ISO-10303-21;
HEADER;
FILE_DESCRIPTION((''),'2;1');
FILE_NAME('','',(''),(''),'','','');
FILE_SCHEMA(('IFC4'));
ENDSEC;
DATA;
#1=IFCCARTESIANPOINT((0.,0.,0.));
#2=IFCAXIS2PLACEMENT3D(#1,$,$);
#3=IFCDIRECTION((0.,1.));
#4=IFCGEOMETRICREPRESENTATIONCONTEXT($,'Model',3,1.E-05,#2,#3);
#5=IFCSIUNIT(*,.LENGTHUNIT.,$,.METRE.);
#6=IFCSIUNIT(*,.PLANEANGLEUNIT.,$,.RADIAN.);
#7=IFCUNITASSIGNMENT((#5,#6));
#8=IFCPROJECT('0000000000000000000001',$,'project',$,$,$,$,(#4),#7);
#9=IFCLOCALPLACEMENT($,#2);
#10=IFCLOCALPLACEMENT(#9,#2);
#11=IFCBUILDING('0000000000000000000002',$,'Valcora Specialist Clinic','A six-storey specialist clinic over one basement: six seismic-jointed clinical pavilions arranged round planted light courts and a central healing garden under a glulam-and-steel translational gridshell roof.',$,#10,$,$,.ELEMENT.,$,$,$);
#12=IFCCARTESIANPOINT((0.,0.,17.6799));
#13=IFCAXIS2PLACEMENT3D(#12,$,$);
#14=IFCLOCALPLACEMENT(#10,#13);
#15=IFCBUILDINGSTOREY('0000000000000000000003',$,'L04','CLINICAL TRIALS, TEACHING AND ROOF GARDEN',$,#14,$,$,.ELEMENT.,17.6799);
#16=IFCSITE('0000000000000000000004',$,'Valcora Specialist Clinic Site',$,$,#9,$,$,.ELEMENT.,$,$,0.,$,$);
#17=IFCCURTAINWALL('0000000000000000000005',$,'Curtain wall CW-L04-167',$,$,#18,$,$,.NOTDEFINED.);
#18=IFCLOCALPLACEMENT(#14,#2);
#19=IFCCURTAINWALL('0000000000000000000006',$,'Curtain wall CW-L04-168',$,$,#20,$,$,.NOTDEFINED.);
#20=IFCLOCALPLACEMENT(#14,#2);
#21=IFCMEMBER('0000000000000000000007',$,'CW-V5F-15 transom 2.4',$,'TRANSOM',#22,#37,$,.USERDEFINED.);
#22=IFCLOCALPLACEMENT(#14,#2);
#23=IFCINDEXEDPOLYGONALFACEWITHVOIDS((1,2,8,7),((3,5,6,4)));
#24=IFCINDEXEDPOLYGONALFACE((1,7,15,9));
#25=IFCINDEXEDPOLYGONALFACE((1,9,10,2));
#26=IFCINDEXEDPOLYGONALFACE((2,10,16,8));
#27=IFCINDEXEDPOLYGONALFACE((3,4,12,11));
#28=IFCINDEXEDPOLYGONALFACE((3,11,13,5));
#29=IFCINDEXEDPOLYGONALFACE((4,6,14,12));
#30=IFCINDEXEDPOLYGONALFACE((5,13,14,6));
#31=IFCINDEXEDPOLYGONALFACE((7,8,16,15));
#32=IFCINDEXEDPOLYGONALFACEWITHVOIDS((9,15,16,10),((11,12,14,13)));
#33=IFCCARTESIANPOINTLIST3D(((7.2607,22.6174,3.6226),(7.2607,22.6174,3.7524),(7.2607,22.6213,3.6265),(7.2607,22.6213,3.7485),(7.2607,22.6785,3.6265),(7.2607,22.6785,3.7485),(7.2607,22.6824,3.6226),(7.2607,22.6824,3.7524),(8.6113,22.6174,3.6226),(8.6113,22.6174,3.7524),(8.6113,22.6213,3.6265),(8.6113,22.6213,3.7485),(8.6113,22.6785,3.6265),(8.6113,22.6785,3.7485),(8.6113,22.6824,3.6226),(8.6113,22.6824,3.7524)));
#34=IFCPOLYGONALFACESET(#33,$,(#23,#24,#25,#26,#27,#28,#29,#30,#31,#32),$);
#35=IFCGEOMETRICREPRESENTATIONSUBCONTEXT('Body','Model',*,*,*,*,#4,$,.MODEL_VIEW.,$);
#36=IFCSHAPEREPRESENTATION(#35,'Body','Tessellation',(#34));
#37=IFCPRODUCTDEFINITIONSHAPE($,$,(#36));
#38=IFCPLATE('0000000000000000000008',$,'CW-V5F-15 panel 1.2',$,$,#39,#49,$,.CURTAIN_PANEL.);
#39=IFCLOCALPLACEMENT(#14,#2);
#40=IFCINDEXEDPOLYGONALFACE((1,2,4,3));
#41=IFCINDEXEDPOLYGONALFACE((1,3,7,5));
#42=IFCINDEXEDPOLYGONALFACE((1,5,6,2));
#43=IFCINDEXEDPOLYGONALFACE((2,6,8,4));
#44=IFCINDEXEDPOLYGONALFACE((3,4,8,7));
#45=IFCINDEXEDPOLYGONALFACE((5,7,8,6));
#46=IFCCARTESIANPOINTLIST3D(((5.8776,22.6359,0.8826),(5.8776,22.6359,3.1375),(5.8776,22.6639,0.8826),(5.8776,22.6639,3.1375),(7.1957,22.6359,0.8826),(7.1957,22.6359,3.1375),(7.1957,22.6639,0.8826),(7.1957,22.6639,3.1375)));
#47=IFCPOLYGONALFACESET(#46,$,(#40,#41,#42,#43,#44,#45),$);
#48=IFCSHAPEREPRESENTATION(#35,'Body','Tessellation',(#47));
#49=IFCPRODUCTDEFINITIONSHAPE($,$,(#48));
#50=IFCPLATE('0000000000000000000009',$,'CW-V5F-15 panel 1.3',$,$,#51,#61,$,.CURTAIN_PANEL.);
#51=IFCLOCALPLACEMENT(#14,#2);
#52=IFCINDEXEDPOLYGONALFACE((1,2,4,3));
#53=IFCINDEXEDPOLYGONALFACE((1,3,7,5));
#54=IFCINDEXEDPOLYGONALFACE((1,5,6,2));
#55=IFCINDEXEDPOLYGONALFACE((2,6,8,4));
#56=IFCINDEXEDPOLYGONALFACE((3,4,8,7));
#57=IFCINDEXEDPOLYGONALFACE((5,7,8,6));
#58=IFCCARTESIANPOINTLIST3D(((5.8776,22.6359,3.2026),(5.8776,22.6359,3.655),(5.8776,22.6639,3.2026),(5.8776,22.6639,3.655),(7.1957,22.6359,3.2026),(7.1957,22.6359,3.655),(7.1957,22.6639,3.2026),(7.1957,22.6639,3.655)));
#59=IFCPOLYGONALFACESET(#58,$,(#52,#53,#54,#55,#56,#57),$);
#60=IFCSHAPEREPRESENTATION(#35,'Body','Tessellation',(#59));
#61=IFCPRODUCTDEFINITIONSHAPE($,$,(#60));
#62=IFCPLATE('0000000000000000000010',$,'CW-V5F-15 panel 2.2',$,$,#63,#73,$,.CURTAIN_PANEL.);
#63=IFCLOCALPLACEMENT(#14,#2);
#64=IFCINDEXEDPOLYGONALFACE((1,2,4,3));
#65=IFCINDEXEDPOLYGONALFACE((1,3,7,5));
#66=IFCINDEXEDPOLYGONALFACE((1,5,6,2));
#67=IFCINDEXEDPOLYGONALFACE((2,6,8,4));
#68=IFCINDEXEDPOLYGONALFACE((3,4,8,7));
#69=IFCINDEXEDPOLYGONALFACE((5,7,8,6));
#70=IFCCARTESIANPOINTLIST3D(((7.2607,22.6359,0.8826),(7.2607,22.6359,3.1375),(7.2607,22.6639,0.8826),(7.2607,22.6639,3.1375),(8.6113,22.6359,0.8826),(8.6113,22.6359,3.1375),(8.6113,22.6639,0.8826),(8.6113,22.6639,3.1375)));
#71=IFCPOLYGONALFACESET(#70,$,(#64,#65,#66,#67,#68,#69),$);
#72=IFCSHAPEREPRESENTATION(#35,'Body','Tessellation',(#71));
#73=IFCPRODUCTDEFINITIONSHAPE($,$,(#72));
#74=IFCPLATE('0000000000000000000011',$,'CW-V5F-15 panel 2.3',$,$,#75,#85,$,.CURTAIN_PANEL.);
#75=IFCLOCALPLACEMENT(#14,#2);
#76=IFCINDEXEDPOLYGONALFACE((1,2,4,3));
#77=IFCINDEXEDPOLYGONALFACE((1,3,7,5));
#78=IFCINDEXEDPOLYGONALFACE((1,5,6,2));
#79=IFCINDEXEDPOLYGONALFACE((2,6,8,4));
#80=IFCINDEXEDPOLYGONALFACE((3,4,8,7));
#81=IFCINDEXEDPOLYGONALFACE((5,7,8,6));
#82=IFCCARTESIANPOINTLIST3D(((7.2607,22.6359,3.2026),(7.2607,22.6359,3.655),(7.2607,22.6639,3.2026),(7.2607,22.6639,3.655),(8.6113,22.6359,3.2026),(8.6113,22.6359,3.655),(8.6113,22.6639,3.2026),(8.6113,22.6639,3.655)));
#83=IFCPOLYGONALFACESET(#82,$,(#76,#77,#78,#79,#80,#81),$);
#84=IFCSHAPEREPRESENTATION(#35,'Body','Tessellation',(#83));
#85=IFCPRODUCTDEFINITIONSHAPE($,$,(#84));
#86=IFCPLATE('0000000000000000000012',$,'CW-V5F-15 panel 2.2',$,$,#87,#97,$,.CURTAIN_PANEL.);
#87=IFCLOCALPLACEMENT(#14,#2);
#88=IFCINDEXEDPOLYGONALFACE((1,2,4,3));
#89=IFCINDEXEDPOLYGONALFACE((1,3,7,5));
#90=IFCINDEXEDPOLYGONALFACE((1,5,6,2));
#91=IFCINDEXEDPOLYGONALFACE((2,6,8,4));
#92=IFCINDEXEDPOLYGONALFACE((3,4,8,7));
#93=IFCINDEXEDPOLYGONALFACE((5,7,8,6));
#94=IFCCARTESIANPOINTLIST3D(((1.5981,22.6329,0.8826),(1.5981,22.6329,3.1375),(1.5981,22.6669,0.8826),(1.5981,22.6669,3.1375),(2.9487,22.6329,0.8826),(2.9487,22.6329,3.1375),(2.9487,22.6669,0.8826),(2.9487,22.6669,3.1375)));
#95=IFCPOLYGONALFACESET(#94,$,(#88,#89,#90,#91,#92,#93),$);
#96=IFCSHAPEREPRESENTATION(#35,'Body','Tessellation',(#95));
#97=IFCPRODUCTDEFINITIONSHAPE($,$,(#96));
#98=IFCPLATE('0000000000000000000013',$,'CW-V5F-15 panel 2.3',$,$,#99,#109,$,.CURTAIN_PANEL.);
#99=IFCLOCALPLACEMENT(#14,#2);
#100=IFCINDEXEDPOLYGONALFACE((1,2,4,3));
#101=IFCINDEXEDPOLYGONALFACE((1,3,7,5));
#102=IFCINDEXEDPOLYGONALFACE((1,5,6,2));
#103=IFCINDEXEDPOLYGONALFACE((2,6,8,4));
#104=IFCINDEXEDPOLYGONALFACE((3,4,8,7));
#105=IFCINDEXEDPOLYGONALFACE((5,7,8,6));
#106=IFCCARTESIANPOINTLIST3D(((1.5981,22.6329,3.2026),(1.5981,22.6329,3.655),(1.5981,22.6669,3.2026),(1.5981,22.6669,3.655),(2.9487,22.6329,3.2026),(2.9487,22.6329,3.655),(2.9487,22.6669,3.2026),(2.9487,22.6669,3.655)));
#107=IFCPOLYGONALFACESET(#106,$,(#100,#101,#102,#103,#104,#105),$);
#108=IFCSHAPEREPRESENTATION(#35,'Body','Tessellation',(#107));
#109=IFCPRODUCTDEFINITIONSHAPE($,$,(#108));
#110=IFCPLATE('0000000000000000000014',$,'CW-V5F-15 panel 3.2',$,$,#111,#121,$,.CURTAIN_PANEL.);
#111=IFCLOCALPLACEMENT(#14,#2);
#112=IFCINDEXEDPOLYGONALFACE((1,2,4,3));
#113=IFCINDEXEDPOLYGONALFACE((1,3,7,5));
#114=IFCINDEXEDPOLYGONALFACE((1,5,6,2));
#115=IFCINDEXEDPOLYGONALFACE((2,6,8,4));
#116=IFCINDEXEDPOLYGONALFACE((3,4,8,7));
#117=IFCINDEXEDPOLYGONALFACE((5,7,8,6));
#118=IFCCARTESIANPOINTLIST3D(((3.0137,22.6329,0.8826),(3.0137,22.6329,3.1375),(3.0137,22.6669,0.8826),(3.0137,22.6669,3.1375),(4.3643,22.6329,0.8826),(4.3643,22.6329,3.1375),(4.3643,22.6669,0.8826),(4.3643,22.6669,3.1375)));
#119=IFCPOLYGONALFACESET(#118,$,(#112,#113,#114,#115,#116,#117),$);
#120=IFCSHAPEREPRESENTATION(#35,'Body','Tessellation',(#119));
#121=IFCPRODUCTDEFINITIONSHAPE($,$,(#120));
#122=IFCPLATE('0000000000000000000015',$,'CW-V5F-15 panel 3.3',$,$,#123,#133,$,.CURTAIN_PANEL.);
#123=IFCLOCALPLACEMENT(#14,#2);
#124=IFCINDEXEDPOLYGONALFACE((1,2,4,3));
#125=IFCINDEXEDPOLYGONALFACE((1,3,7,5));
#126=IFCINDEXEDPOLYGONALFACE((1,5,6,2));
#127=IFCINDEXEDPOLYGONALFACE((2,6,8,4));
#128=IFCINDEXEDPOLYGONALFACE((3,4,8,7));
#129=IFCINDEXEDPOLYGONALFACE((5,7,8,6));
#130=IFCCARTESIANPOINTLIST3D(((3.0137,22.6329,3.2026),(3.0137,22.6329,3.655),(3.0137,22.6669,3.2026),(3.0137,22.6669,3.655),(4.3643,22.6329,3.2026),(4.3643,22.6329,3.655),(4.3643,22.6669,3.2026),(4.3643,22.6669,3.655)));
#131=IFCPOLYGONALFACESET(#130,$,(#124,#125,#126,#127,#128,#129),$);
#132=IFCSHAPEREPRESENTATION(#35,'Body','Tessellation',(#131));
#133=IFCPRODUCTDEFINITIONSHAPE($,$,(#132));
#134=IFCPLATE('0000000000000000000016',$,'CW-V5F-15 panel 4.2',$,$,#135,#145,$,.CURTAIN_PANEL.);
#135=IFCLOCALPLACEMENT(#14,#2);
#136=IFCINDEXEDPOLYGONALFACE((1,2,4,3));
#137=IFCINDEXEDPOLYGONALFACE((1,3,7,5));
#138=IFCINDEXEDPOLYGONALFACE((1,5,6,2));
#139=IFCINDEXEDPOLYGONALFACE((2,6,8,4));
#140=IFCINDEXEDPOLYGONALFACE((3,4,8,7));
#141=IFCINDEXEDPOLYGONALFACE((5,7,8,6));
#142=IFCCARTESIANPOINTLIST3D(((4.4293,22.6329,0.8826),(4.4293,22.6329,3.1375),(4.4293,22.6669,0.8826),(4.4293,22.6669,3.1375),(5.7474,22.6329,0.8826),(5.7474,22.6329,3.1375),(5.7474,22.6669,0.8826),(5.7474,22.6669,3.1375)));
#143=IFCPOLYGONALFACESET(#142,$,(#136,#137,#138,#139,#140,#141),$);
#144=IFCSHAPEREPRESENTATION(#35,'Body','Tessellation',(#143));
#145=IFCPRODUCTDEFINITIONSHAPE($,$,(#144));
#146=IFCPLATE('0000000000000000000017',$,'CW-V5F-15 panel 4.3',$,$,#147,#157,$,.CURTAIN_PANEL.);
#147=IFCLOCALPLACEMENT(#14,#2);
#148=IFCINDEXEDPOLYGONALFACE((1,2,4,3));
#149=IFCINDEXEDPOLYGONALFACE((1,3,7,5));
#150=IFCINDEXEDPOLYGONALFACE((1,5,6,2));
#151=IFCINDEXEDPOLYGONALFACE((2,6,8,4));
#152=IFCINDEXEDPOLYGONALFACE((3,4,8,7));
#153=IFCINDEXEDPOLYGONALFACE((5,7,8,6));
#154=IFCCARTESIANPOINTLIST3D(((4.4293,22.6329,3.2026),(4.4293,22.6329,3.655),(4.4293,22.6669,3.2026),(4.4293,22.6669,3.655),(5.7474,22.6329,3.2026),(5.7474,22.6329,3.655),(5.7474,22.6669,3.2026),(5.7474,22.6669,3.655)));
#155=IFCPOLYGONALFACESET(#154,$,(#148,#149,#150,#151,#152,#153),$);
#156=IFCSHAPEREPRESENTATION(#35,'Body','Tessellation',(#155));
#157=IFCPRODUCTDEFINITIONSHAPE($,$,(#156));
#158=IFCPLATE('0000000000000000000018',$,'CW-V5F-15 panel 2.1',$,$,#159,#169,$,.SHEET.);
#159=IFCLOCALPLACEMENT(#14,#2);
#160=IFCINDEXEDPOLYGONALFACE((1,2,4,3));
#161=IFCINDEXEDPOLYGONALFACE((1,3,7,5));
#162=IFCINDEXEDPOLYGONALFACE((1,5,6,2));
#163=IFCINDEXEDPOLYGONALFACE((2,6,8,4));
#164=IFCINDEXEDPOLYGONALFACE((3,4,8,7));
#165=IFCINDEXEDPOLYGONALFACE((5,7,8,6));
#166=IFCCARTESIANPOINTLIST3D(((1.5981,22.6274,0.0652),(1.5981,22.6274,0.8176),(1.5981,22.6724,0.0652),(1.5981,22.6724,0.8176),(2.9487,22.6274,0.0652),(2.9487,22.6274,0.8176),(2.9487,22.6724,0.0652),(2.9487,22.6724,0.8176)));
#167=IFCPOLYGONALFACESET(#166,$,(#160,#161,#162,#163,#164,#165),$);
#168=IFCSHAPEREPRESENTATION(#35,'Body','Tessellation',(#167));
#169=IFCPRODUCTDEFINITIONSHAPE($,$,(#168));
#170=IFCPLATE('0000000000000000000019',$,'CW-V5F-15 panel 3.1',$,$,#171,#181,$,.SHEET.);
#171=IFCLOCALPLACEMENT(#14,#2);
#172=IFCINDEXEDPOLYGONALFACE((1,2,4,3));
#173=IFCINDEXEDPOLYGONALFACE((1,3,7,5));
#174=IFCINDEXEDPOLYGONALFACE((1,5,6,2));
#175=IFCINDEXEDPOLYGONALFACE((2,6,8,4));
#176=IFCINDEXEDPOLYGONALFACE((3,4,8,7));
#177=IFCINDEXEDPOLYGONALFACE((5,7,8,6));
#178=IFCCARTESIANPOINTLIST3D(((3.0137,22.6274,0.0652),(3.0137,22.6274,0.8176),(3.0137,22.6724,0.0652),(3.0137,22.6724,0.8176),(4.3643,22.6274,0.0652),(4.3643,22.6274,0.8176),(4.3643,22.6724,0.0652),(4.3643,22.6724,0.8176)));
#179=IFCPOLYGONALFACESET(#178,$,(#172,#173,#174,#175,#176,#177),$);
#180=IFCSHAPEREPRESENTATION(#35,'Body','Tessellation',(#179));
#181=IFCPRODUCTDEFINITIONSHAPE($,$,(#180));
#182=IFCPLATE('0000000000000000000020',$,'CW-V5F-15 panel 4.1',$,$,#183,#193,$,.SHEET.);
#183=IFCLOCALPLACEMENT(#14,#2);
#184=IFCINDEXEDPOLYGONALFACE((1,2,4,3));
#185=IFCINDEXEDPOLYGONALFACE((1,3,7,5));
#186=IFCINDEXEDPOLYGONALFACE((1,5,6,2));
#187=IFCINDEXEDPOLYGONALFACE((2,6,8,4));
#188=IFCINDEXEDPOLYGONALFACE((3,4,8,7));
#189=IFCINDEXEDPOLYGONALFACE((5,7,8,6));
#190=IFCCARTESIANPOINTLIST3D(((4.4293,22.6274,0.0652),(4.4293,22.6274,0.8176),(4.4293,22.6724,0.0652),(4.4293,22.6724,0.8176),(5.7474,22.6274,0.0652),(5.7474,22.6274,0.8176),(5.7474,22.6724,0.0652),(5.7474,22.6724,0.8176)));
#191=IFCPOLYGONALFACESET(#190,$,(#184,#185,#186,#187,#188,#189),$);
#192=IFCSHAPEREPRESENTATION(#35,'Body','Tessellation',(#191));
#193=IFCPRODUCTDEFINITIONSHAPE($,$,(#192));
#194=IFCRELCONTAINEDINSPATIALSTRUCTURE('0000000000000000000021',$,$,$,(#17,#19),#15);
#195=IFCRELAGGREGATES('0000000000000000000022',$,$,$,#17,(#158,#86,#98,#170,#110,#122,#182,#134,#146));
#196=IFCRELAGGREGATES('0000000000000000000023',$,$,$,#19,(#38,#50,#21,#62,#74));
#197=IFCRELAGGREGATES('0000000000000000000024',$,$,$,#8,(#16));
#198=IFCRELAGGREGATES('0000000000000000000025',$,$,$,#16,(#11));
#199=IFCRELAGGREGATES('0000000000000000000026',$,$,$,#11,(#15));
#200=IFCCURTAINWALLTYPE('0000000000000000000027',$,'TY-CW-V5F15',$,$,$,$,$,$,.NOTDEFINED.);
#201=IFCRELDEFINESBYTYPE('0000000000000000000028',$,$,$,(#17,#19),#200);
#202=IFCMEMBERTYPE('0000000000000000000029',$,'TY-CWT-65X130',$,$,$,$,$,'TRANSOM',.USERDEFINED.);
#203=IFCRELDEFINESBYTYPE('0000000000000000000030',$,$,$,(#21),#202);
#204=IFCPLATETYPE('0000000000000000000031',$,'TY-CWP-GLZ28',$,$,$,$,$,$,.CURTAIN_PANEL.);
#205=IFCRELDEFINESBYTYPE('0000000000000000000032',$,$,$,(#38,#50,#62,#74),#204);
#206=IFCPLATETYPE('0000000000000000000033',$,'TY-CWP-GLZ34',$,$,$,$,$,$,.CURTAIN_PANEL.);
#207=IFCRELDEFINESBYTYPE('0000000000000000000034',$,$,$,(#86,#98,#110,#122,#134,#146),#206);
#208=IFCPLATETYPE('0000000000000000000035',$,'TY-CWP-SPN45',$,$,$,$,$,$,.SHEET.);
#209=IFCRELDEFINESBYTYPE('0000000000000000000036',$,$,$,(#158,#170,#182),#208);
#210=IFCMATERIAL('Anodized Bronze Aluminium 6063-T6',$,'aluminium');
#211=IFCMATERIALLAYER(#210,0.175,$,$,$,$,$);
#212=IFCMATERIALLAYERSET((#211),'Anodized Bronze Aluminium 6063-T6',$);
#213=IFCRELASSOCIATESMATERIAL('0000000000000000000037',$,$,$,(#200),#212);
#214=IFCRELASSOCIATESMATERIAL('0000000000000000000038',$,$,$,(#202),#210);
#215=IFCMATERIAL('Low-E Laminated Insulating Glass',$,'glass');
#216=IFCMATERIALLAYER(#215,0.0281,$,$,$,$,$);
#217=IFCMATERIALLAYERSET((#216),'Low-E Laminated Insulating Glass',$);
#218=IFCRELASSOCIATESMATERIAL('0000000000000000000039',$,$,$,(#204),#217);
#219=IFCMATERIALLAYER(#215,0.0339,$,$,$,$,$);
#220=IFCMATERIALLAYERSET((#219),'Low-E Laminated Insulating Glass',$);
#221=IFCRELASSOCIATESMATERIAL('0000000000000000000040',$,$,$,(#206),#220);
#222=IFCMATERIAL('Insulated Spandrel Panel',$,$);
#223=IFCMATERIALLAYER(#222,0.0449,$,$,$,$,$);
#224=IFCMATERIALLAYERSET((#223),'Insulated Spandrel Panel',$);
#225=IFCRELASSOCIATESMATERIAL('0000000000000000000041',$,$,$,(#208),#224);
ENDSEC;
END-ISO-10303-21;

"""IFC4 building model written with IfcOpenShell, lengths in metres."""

from ifc_helpers import new_model, si_unit, direction, frame, origin, origin_2d, place, context, subcontext, project, spatial, rectangle, hollow_rectangle, extrude, material, layer, layer_set, material_profile, profile_set, type_object, element, aggregate, save


model = new_model("IFC4")

# Units and contexts
model_context = context("Model", 3, precision=1e-05, world=origin(), true_north=direction((0.0, 1.0)))
body_context = subcontext(model_context, "Body", "Model", "MODEL_VIEW")
ifc_project = project(units=[si_unit("LENGTHUNIT", "METRE"), si_unit("PLANEANGLEUNIT", "RADIAN")], contexts=[model_context])

# Site, building, storey
site_placement = place(None, origin())
site = spatial("IfcSite", under=ifc_project, at=site_placement, Name="Valcora Specialist Clinic Site", CompositionType="ELEMENT", RefElevation=0.0)
building_placement = place(site_placement, origin())
building = spatial("IfcBuilding", under=site, at=building_placement, Name="Valcora Specialist Clinic", Description="A six-storey specialist clinic over one basement: six seismic-jointed clinical pavilions arranged round planted light courts and a central healing garden under a glulam-and-steel translational gridshell roof.", CompositionType="ELEMENT")
storey_placement = place(building_placement, frame((0.0, 0.0, 17.6799)))
storey = spatial("IfcBuildingStorey", under=building, at=storey_placement, Name="L04", Description="CLINICAL TRIALS, TEACHING AND ROOF GARDEN", CompositionType="ELEMENT", Elevation=17.6799)

# Curtain walls
ifc_material_1 = material(Name="Anodized Bronze Aluminium 6063-T6", Category="aluminium")
ifc_layer_1 = layer(ifc_material_1, 0.175)
ifc_layer_set_1 = layer_set([ifc_layer_1], Name="Anodized Bronze Aluminium 6063-T6")
curtain_wall_type = type_object("IfcCurtainWallType", Name="TY-CW-V5F15", PredefinedType="NOTDEFINED", material=ifc_layer_set_1)
curtain_wall_1_placement = place(storey_placement, origin())
curtain_wall_1 = element("IfcCurtainWall", 1, at=curtain_wall_1_placement, inside=storey, type_object=curtain_wall_type, Name="Curtain wall CW-L04-167", PredefinedType="NOTDEFINED")
curtain_wall_2_placement = place(storey_placement, origin())
curtain_wall_2 = element("IfcCurtainWall", 2, at=curtain_wall_2_placement, inside=storey, type_object=curtain_wall_type, Name="Curtain wall CW-L04-168", PredefinedType="NOTDEFINED")

# Member
ifc_material_profile_1 = material_profile(ifc_material_1, hollow_rectangle(XDim=0.0649, YDim=0.1299, WallThickness=0.0039, at=origin_2d()), Name="AL-TRN-65X130")
ifc_profile_set_1 = profile_set([ifc_material_profile_1], Name="Anodized Bronze Aluminium 6063-T6")
member_type_1 = type_object("IfcMemberType", Name="TY-CWT-65X130", ElementType="TRANSOM", PredefinedType="USERDEFINED", material=ifc_profile_set_1)
member_1_placement = place(storey_placement, frame((7.2607, 22.6499, 3.6875), z_axis=(1.0, 0.0, 0.0), x_axis=(0.0, 1.0, 0.0)))
member_1 = element("IfcMember", 3, at=member_1_placement, type_object=member_type_1, Name="CW-V5F-15 transom 2.4", ObjectType="TRANSOM", PredefinedType="USERDEFINED", context=body_context, shape_type="SweptSolid", body=[
    extrude(hollow_rectangle(XDim=0.0649, YDim=0.1299, WallThickness=0.0039, at=origin_2d()), origin(), (0.0, 0.0, 1.0), 1.3506),
])

# Plates
ifc_material_2 = material(Name="Low-E Laminated Insulating Glass", Category="glass")
ifc_layer_2 = layer(ifc_material_2, 0.0281)
ifc_layer_set_2 = layer_set([ifc_layer_2], Name="Low-E Laminated Insulating Glass")
plate_type_1 = type_object("IfcPlateType", Name="TY-CWP-GLZ28", PredefinedType="CURTAIN_PANEL", material=ifc_layer_set_2)
plate_1_placement = place(storey_placement, frame((6.5366, 22.6499, 0.8826), z_axis=(0.0, 0.0, 1.0), x_axis=(1.0, 0.0, 0.0)))
plate_1 = element("IfcPlate", 4, at=plate_1_placement, type_object=plate_type_1, Name="CW-V5F-15 panel 1.2", PredefinedType="CURTAIN_PANEL", context=body_context, shape_type="SweptSolid", body=[
    extrude(rectangle(XDim=1.3181, YDim=0.0281, at=origin_2d()), origin(), (0.0, 0.0, 1.0), 2.2549),
])
plate_2_placement = place(storey_placement, frame((6.5366, 22.6499, 3.2026), z_axis=(0.0, 0.0, 1.0), x_axis=(1.0, 0.0, 0.0)))
plate_2 = element("IfcPlate", 5, at=plate_2_placement, type_object=plate_type_1, Name="CW-V5F-15 panel 1.3", PredefinedType="CURTAIN_PANEL", context=body_context, shape_type="SweptSolid", body=[
    extrude(rectangle(XDim=1.3181, YDim=0.0281, at=origin_2d()), origin(), (0.0, 0.0, 1.0), 0.4524),
])
plate_3_placement = place(storey_placement, frame((7.936, 22.6499, 0.8826), z_axis=(0.0, 0.0, 1.0), x_axis=(1.0, 0.0, 0.0)))
plate_3 = element("IfcPlate", 6, at=plate_3_placement, type_object=plate_type_1, Name="CW-V5F-15 panel 2.2", PredefinedType="CURTAIN_PANEL", context=body_context, shape_type="SweptSolid", body=[
    extrude(rectangle(XDim=1.3506, YDim=0.0281, at=origin_2d()), origin(), (0.0, 0.0, 1.0), 2.2549),
])
plate_4_placement = place(storey_placement, frame((7.936, 22.6499, 3.2026), z_axis=(0.0, 0.0, 1.0), x_axis=(1.0, 0.0, 0.0)))
plate_4 = element("IfcPlate", 7, at=plate_4_placement, type_object=plate_type_1, Name="CW-V5F-15 panel 2.3", PredefinedType="CURTAIN_PANEL", context=body_context, shape_type="SweptSolid", body=[
    extrude(rectangle(XDim=1.3506, YDim=0.0281, at=origin_2d()), origin(), (0.0, 0.0, 1.0), 0.4524),
])
ifc_layer_3 = layer(ifc_material_2, 0.0339)
ifc_layer_set_3 = layer_set([ifc_layer_3], Name="Low-E Laminated Insulating Glass")
plate_type_2 = type_object("IfcPlateType", Name="TY-CWP-GLZ34", PredefinedType="CURTAIN_PANEL", material=ifc_layer_set_3)
plate_5_placement = place(storey_placement, frame((2.2734, 22.6499, 0.8826), z_axis=(0.0, 0.0, 1.0), x_axis=(1.0, 0.0, 0.0)))
plate_5 = element("IfcPlate", 8, at=plate_5_placement, type_object=plate_type_2, Name="CW-V5F-15 panel 2.2", PredefinedType="CURTAIN_PANEL", context=body_context, shape_type="SweptSolid", body=[
    extrude(rectangle(XDim=1.3506, YDim=0.0339, at=origin_2d()), origin(), (0.0, 0.0, 1.0), 2.2549),
])
plate_6_placement = place(storey_placement, frame((2.2734, 22.6499, 3.2026), z_axis=(0.0, 0.0, 1.0), x_axis=(1.0, 0.0, 0.0)))
plate_6 = element("IfcPlate", 9, at=plate_6_placement, type_object=plate_type_2, Name="CW-V5F-15 panel 2.3", PredefinedType="CURTAIN_PANEL", context=body_context, shape_type="SweptSolid", body=[
    extrude(rectangle(XDim=1.3506, YDim=0.0339, at=origin_2d()), origin(), (0.0, 0.0, 1.0), 0.4524),
])
plate_7_placement = place(storey_placement, frame((3.689, 22.6499, 0.8826), z_axis=(0.0, 0.0, 1.0), x_axis=(1.0, 0.0, 0.0)))
plate_7 = element("IfcPlate", 10, at=plate_7_placement, type_object=plate_type_2, Name="CW-V5F-15 panel 3.2", PredefinedType="CURTAIN_PANEL", context=body_context, shape_type="SweptSolid", body=[
    extrude(rectangle(XDim=1.3506, YDim=0.0339, at=origin_2d()), origin(), (0.0, 0.0, 1.0), 2.2549),
])
plate_8_placement = place(storey_placement, frame((3.689, 22.6499, 3.2026), z_axis=(0.0, 0.0, 1.0), x_axis=(1.0, 0.0, 0.0)))
plate_8 = element("IfcPlate", 11, at=plate_8_placement, type_object=plate_type_2, Name="CW-V5F-15 panel 3.3", PredefinedType="CURTAIN_PANEL", context=body_context, shape_type="SweptSolid", body=[
    extrude(rectangle(XDim=1.3506, YDim=0.0339, at=origin_2d()), origin(), (0.0, 0.0, 1.0), 0.4524),
])
plate_9_placement = place(storey_placement, frame((5.0884, 22.6499, 0.8826), z_axis=(0.0, 0.0, 1.0), x_axis=(1.0, 0.0, 0.0)))
plate_9 = element("IfcPlate", 12, at=plate_9_placement, type_object=plate_type_2, Name="CW-V5F-15 panel 4.2", PredefinedType="CURTAIN_PANEL", context=body_context, shape_type="SweptSolid", body=[
    extrude(rectangle(XDim=1.3181, YDim=0.0339, at=origin_2d()), origin(), (0.0, 0.0, 1.0), 2.2549),
])
plate_10_placement = place(storey_placement, frame((5.0884, 22.6499, 3.2026), z_axis=(0.0, 0.0, 1.0), x_axis=(1.0, 0.0, 0.0)))
plate_10 = element("IfcPlate", 13, at=plate_10_placement, type_object=plate_type_2, Name="CW-V5F-15 panel 4.3", PredefinedType="CURTAIN_PANEL", context=body_context, shape_type="SweptSolid", body=[
    extrude(rectangle(XDim=1.3181, YDim=0.0339, at=origin_2d()), origin(), (0.0, 0.0, 1.0), 0.4524),
])
ifc_material_3 = material(Name="Insulated Spandrel Panel")
ifc_layer_4 = layer(ifc_material_3, 0.0449)
ifc_layer_set_4 = layer_set([ifc_layer_4], Name="Insulated Spandrel Panel")
plate_type_3 = type_object("IfcPlateType", Name="TY-CWP-SPN45", PredefinedType="SHEET", material=ifc_layer_set_4)
plate_11_placement = place(storey_placement, frame((2.2734, 22.6499, 0.0652), z_axis=(0.0, 0.0, 1.0), x_axis=(1.0, 0.0, 0.0)))
plate_11 = element("IfcPlate", 14, at=plate_11_placement, type_object=plate_type_3, Name="CW-V5F-15 panel 2.1", PredefinedType="SHEET", context=body_context, shape_type="SweptSolid", body=[
    extrude(rectangle(XDim=1.3506, YDim=0.0449, at=origin_2d()), origin(), (0.0, 0.0, 1.0), 0.7524),
])
plate_12_placement = place(storey_placement, frame((3.689, 22.6499, 0.0652), z_axis=(0.0, 0.0, 1.0), x_axis=(1.0, 0.0, 0.0)))
plate_12 = element("IfcPlate", 15, at=plate_12_placement, type_object=plate_type_3, Name="CW-V5F-15 panel 3.1", PredefinedType="SHEET", context=body_context, shape_type="SweptSolid", body=[
    extrude(rectangle(XDim=1.3506, YDim=0.0449, at=origin_2d()), origin(), (0.0, 0.0, 1.0), 0.7524),
])
plate_13_placement = place(storey_placement, frame((5.0884, 22.6499, 0.0652), z_axis=(0.0, 0.0, 1.0), x_axis=(1.0, 0.0, 0.0)))
plate_13 = element("IfcPlate", 16, at=plate_13_placement, type_object=plate_type_3, Name="CW-V5F-15 panel 4.1", PredefinedType="SHEET", context=body_context, shape_type="SweptSolid", body=[
    extrude(rectangle(XDim=1.3181, YDim=0.0449, at=origin_2d()), origin(), (0.0, 0.0, 1.0), 0.7524),
])
aggregate(curtain_wall_1, [plate_11, plate_5, plate_6, plate_12, plate_7, plate_8, plate_13, plate_9, plate_10])
aggregate(curtain_wall_2, [plate_1, plate_2, member_1, plate_3, plate_4])

save(model, "model.ifc")
